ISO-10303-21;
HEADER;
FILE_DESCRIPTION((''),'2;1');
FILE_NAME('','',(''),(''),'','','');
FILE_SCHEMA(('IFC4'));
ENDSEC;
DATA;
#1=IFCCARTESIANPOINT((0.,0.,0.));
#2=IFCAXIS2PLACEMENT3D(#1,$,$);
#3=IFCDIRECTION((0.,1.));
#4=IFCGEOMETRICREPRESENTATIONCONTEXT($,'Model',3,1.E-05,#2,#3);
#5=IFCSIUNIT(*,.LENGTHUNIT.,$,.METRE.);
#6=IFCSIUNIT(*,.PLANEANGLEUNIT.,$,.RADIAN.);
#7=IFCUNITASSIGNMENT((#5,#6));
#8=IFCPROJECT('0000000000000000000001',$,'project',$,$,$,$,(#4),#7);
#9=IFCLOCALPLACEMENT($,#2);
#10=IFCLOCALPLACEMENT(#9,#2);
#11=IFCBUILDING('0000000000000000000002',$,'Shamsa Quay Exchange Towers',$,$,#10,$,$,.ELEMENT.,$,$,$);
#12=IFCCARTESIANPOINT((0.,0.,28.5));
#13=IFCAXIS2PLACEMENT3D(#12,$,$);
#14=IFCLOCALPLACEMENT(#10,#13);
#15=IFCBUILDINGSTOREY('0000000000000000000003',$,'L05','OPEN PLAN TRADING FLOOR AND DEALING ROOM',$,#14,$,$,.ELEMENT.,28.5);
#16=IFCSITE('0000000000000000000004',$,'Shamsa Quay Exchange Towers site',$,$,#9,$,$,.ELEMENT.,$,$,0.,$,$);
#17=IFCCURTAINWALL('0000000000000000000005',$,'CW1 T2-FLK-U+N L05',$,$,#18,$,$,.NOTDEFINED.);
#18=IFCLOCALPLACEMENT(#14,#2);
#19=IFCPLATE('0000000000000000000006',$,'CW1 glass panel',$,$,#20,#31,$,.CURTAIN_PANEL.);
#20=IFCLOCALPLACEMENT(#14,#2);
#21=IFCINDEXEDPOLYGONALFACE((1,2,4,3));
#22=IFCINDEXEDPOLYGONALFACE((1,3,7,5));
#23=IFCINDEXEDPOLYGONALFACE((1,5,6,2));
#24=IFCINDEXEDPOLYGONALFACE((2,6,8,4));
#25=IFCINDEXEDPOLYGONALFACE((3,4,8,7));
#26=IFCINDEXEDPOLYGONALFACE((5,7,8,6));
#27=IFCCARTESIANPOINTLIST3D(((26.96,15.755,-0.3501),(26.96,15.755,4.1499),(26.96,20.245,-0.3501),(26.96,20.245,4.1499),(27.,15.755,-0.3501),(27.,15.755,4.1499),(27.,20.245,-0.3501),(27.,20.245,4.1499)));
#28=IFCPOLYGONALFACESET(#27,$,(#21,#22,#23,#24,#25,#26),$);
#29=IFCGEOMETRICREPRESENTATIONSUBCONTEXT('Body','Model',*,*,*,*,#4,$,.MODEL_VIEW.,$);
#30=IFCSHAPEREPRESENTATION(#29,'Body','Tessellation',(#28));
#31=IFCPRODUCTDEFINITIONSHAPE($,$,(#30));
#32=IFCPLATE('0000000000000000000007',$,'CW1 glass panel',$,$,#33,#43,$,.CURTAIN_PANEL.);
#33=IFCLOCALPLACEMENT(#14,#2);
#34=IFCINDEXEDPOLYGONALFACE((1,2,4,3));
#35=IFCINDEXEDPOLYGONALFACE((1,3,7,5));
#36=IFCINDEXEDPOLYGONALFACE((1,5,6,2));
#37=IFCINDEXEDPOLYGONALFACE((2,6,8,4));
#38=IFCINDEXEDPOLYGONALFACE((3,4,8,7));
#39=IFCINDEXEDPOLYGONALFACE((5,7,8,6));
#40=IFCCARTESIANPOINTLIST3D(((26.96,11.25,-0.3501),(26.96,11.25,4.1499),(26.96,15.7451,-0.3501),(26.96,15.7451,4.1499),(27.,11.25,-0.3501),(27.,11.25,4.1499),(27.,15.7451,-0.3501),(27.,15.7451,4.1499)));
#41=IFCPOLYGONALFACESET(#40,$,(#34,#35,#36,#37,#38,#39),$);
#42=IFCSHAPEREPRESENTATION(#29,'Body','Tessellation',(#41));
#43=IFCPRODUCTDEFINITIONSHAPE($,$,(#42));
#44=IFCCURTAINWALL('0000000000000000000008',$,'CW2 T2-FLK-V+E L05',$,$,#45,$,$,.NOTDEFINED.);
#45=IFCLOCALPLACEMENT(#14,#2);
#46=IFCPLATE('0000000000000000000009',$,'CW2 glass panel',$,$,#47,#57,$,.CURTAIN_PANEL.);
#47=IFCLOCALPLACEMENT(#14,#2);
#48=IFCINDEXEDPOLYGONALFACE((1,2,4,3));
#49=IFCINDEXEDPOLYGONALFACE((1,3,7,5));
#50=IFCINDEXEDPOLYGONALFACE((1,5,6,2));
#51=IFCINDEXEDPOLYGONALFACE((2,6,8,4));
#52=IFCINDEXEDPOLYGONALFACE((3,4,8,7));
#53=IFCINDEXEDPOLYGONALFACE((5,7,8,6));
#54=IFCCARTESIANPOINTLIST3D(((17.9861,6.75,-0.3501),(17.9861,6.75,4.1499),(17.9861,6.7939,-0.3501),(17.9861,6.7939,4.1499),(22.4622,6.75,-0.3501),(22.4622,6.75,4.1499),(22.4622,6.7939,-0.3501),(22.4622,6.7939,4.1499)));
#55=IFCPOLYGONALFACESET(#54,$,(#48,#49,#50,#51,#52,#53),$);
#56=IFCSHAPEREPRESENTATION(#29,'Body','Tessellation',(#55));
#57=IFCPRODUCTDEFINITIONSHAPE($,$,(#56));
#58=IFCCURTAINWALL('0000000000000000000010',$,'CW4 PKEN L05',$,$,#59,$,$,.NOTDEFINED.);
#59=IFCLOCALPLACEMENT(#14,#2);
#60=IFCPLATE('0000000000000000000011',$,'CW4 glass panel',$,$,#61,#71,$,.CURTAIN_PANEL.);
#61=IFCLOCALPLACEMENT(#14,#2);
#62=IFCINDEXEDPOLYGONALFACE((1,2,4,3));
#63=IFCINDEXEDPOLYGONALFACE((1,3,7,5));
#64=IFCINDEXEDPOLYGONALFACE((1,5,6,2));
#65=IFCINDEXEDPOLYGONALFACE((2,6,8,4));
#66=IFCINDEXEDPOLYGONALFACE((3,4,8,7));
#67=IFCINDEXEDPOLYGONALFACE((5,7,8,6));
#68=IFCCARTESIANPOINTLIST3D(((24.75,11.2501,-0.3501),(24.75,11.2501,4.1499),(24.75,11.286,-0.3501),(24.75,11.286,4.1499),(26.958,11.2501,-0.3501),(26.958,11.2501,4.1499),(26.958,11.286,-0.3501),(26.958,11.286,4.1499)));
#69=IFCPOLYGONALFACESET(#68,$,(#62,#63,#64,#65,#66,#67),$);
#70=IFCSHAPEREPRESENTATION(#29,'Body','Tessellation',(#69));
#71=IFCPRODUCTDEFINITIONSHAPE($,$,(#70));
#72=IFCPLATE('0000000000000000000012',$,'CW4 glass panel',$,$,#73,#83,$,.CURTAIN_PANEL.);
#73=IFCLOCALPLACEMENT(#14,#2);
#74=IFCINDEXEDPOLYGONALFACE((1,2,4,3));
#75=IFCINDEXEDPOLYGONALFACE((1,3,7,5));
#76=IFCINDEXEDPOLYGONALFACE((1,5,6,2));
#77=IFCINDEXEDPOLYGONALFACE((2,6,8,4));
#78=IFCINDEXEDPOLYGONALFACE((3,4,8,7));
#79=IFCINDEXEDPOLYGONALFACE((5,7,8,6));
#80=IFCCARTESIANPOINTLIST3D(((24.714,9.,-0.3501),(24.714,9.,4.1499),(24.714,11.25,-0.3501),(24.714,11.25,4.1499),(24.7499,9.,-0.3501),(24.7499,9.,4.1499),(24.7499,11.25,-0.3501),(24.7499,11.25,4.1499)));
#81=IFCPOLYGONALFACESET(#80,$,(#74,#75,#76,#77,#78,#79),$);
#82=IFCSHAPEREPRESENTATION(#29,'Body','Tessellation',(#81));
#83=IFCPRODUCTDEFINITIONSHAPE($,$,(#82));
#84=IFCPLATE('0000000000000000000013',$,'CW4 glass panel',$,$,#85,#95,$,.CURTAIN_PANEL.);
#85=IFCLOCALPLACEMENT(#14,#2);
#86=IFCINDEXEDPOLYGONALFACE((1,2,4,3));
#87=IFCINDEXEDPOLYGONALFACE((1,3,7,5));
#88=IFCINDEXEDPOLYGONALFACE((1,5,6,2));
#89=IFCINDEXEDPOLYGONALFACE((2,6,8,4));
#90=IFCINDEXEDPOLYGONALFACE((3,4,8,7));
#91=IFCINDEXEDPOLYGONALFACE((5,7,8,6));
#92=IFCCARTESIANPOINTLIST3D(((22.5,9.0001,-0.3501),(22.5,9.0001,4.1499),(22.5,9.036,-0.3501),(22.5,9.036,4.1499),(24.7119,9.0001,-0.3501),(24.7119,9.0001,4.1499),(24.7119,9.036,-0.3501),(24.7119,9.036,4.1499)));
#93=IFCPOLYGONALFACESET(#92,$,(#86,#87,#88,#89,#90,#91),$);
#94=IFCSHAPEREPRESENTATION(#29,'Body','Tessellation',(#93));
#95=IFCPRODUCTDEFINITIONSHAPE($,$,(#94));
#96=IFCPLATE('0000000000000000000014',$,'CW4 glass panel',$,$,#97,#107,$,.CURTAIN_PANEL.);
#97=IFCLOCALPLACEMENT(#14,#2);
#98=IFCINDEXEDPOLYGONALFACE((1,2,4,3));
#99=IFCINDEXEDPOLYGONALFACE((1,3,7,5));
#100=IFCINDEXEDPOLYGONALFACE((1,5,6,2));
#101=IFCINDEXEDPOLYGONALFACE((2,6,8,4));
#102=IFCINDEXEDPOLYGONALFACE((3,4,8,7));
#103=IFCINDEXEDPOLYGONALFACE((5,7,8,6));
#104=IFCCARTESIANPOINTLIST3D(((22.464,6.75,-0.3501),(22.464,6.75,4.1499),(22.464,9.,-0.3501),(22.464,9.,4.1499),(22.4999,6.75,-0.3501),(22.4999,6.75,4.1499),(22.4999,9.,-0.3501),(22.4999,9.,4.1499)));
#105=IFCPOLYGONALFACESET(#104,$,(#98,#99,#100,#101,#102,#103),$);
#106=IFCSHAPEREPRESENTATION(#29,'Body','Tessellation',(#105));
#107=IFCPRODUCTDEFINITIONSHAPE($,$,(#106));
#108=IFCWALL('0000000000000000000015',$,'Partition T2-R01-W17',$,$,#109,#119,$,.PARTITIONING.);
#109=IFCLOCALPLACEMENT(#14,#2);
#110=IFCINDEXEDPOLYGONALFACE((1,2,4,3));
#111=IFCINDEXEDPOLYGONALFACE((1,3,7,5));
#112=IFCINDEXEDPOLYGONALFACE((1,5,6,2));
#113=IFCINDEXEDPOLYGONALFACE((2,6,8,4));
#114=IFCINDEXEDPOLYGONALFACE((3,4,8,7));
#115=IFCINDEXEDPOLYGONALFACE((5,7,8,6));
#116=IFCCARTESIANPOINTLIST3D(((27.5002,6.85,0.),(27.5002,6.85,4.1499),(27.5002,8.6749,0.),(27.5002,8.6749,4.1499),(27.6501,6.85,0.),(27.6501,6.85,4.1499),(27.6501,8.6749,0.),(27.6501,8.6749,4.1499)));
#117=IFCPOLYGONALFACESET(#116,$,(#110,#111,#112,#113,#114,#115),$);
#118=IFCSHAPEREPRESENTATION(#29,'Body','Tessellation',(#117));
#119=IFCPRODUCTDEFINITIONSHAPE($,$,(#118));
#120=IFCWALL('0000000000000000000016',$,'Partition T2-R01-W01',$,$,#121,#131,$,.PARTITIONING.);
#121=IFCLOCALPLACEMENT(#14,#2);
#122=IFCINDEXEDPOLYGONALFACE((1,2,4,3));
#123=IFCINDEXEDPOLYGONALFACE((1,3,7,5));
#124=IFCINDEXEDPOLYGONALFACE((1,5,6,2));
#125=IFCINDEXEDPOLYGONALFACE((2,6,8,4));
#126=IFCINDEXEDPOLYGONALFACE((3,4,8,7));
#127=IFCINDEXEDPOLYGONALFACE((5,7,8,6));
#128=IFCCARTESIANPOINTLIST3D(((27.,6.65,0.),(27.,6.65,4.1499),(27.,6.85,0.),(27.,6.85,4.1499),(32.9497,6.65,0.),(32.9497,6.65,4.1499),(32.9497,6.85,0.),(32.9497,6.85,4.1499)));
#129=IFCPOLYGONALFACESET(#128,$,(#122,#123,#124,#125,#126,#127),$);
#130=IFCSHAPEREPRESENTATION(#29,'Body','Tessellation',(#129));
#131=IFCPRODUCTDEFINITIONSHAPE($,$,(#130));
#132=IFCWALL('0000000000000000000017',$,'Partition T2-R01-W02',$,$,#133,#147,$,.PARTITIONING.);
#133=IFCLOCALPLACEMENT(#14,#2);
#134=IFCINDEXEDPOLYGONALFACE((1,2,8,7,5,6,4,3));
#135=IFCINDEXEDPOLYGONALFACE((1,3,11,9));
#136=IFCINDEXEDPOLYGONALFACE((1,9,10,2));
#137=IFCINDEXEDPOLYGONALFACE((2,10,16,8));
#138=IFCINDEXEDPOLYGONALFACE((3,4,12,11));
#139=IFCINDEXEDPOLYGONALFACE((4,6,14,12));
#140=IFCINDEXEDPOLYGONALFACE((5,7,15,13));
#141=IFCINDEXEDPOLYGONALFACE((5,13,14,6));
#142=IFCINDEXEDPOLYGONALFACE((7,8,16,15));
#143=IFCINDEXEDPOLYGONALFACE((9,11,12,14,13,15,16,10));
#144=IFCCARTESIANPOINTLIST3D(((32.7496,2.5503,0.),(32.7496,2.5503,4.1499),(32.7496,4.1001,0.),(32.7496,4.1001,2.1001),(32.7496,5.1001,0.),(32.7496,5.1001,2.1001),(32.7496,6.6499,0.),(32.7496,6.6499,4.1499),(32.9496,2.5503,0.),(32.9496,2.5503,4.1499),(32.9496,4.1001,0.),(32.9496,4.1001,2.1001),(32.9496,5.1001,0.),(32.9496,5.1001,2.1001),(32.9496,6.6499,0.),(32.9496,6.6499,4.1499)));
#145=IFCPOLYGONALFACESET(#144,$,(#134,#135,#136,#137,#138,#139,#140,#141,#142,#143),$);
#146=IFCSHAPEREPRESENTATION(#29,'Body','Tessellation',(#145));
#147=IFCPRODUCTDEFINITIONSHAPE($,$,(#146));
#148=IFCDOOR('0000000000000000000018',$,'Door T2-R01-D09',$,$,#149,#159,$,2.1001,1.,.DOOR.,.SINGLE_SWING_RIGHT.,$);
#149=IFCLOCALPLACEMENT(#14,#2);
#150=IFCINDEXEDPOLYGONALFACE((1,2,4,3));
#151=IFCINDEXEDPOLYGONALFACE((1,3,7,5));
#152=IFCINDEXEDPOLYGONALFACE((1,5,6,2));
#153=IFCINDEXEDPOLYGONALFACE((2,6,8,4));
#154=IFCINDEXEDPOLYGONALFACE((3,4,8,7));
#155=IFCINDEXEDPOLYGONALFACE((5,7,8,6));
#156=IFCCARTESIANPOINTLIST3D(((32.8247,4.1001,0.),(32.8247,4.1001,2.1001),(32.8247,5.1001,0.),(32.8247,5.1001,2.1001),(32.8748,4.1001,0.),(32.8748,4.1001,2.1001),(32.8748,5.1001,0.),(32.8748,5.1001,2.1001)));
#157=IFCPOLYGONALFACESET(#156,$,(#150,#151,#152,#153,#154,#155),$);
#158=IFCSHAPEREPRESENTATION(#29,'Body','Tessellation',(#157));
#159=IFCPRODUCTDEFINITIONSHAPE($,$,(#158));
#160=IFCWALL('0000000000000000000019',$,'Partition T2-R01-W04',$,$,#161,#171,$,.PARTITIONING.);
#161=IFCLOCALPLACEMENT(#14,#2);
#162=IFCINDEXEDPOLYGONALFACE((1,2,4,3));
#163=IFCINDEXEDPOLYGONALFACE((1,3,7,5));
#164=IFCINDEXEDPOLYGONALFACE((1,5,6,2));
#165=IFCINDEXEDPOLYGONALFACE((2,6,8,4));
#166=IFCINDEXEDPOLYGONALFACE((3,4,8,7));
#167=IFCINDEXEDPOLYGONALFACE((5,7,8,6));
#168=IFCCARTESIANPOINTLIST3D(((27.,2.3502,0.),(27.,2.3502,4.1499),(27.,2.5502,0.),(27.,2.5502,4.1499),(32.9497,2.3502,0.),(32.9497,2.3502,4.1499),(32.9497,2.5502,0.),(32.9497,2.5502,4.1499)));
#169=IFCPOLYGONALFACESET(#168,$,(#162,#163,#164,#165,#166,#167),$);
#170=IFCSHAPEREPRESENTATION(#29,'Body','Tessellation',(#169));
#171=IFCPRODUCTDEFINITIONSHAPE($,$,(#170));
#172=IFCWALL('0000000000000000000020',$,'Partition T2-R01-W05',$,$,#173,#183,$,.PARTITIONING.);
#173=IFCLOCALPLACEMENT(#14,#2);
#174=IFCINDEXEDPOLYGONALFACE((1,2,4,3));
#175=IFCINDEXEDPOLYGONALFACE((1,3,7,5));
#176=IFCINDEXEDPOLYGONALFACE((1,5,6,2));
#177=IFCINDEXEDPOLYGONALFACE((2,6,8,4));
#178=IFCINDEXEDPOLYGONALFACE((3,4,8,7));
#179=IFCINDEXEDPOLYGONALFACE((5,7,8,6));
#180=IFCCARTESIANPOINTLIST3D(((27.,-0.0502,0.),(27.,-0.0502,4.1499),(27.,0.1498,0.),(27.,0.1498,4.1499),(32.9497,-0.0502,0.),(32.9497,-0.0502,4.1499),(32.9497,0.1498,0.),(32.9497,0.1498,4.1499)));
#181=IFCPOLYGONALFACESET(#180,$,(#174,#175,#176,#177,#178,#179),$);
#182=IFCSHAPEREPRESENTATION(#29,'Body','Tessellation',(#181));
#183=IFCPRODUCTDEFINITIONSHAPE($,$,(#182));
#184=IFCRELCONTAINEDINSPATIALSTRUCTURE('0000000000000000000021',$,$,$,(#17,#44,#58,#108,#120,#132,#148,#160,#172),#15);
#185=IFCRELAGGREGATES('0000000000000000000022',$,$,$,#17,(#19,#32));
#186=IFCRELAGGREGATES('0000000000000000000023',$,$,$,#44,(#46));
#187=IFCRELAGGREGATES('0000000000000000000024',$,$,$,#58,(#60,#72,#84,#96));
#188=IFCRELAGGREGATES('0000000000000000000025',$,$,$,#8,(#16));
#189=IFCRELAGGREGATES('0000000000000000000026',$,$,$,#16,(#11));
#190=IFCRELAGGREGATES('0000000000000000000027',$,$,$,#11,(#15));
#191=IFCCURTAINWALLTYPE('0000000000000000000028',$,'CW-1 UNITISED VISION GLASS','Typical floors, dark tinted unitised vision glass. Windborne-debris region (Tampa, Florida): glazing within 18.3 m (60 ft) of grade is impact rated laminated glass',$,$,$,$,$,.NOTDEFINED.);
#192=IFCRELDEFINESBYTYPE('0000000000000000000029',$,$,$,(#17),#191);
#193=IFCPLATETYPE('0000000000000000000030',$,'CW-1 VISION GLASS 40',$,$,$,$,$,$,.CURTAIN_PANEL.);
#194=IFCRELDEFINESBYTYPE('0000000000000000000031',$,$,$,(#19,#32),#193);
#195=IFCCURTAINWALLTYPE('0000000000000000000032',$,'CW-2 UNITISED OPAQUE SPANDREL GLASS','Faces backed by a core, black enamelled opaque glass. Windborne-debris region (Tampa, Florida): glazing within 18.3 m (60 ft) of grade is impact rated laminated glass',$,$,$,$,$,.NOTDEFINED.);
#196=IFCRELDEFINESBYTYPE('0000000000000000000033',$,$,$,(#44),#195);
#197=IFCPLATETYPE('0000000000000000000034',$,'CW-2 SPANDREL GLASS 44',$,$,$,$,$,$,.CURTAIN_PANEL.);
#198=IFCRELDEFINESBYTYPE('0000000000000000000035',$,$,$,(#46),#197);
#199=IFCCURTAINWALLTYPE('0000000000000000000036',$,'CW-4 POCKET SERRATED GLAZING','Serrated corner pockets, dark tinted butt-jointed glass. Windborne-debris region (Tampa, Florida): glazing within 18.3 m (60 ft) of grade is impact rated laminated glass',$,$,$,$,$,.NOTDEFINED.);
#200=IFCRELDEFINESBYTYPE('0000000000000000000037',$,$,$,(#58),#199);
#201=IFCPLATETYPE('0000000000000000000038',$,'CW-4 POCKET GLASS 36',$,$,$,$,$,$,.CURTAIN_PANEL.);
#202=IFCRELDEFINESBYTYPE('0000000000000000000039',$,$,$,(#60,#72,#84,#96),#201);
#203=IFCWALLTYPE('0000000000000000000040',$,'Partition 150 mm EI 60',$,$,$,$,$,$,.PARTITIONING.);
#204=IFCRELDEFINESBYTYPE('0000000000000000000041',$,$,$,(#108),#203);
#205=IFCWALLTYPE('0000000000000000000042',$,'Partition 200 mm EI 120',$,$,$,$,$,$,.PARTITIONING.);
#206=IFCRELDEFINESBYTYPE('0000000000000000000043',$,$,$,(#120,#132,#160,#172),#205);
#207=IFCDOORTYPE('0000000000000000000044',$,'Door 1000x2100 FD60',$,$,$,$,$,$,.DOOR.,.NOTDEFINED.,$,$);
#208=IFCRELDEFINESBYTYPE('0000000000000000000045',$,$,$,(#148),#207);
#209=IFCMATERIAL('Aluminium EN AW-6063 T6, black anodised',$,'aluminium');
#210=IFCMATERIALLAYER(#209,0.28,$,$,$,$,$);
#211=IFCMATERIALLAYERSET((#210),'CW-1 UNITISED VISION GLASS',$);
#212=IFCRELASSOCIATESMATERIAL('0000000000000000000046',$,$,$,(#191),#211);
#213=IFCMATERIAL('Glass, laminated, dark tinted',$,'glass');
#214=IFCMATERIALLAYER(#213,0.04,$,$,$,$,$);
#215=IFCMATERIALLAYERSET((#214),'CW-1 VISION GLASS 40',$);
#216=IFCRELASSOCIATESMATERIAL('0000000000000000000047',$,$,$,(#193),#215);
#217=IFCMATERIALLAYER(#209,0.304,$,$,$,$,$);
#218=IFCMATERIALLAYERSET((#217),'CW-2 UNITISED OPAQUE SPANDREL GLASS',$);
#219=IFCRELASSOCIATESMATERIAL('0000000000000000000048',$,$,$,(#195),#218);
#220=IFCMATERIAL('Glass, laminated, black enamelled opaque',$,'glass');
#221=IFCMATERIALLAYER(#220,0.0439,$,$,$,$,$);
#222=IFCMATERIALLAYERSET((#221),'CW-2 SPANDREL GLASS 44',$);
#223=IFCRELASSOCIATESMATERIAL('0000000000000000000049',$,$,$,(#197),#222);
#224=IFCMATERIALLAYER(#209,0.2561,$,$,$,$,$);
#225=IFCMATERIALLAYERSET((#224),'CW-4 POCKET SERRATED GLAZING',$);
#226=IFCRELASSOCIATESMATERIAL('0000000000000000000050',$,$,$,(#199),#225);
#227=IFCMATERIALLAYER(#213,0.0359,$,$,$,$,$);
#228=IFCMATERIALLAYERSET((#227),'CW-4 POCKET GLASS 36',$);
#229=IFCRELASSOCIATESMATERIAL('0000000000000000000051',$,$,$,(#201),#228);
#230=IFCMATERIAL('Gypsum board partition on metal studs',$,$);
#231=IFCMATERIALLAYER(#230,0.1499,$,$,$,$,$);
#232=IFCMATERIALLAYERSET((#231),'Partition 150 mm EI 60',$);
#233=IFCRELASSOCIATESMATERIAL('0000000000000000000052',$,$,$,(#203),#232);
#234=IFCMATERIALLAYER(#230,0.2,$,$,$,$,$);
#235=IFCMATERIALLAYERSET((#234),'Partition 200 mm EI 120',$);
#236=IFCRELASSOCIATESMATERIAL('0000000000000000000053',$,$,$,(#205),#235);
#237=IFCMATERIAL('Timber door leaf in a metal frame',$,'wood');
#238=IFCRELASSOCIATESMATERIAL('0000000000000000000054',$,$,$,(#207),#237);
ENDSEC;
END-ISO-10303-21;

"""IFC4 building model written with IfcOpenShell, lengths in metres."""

from ifc_helpers import new_model, si_unit, direction, frame, frame_2d, origin, origin_2d, place, context, subcontext, project, spatial, rectangle, extrude, material, layer, layer_set, type_object, element, fill, aggregate, save


model = new_model("IFC4")

# Units and contexts
model_context = context("Model", 3, precision=1e-05, world=origin(), true_north=direction((0.0, 1.0)))
body_context = subcontext(model_context, "Body", "Model", "MODEL_VIEW")
ifc_project = project(units=[si_unit("LENGTHUNIT", "METRE"), si_unit("PLANEANGLEUNIT", "RADIAN")], contexts=[model_context])

# Site, building, storey
site_placement = place(None, origin())
site = spatial("IfcSite", under=ifc_project, at=site_placement, Name="Shamsa Quay Exchange Towers site", CompositionType="ELEMENT", RefElevation=0.0)
building_placement = place(site_placement, origin())
building = spatial("IfcBuilding", under=site, at=building_placement, Name="Shamsa Quay Exchange Towers", CompositionType="ELEMENT")
storey_placement = place(building_placement, frame((0.0, 0.0, 28.5)))
storey = spatial("IfcBuildingStorey", under=building, at=storey_placement, Name="L05", Description="OPEN PLAN TRADING FLOOR AND DEALING ROOM", CompositionType="ELEMENT", Elevation=28.5)

# Shared definitions
ifc_material_1 = material(Name="Aluminium EN AW-6063 T6, black anodised", Category="aluminium")
ifc_layer_1 = layer(ifc_material_1, 0.28)
ifc_layer_set_1 = layer_set([ifc_layer_1], Name="CW-1 UNITISED VISION GLASS")
curtain_wall_type_1 = type_object("IfcCurtainWallType", Name="CW-1 UNITISED VISION GLASS", Description="Typical floors, dark tinted unitised vision glass. Windborne-debris region (Tampa, Florida): glazing within 18.3 m (60 ft) of grade is impact rated laminated glass", PredefinedType="NOTDEFINED", material=ifc_layer_set_1)

# Curtain wall
curtain_wall_1_placement = place(storey_placement, origin())
curtain_wall_1 = element("IfcCurtainWall", 1, at=curtain_wall_1_placement, inside=storey, type_object=curtain_wall_type_1, Name="CW1 T2-FLK-U+N L05", PredefinedType="NOTDEFINED")

# Plates
ifc_material_2 = material(Name="Glass, laminated, dark tinted", Category="glass")
ifc_layer_2 = layer(ifc_material_2, 0.04)
ifc_layer_set_2 = layer_set([ifc_layer_2], Name="CW-1 VISION GLASS 40")
plate_type_1 = type_object("IfcPlateType", Name="CW-1 VISION GLASS 40", PredefinedType="CURTAIN_PANEL", material=ifc_layer_set_2)
plate_1_placement = place(storey_placement, frame((26.98, 18.0, -0.3501), z_axis=(0.0, 0.0, 1.0), x_axis=(0.0, -1.0, 0.0)))
plate_1 = element("IfcPlate", 2, at=plate_1_placement, type_object=plate_type_1, Name="CW1 glass panel", PredefinedType="CURTAIN_PANEL", context=body_context, shape_type="SweptSolid", body=[
    extrude(rectangle(XDim=4.49, YDim=0.04, at=origin_2d()), origin(), (0.0, 0.0, 1.0), 4.5),
])
plate_2_placement = place(storey_placement, frame((26.98, 13.4976, -0.3501), z_axis=(0.0, 0.0, 1.0), x_axis=(0.0, -1.0, 0.0)))
plate_2 = element("IfcPlate", 3, at=plate_2_placement, type_object=plate_type_1, Name="CW1 glass panel", PredefinedType="CURTAIN_PANEL", context=body_context, shape_type="SweptSolid", body=[
    extrude(rectangle(XDim=4.4951, YDim=0.04, at=origin_2d()), origin(), (0.0, 0.0, 1.0), 4.5),
])
aggregate(curtain_wall_1, [plate_1, plate_2])

# Curtain wall, plate
ifc_layer_3 = layer(ifc_material_1, 0.304)
ifc_layer_set_3 = layer_set([ifc_layer_3], Name="CW-2 UNITISED OPAQUE SPANDREL GLASS")
curtain_wall_type_2 = type_object("IfcCurtainWallType", Name="CW-2 UNITISED OPAQUE SPANDREL GLASS", Description="Faces backed by a core, black enamelled opaque glass. Windborne-debris region (Tampa, Florida): glazing within 18.3 m (60 ft) of grade is impact rated laminated glass", PredefinedType="NOTDEFINED", material=ifc_layer_set_3)
curtain_wall_2_placement = place(storey_placement, origin())
curtain_wall_2 = element("IfcCurtainWall", 4, at=curtain_wall_2_placement, inside=storey, type_object=curtain_wall_type_2, Name="CW2 T2-FLK-V+E L05", PredefinedType="NOTDEFINED")
ifc_material_3 = material(Name="Glass, laminated, black enamelled opaque", Category="glass")
ifc_layer_4 = layer(ifc_material_3, 0.0439)
ifc_layer_set_4 = layer_set([ifc_layer_4], Name="CW-2 SPANDREL GLASS 44")
plate_type_2 = type_object("IfcPlateType", Name="CW-2 SPANDREL GLASS 44", PredefinedType="CURTAIN_PANEL", material=ifc_layer_set_4)
plate_3_placement = place(storey_placement, frame((20.2241, 6.772, -0.3501), z_axis=(0.0, 0.0, 1.0), x_axis=(-1.0, 0.0, 0.0)))
plate_3 = element("IfcPlate", 5, at=plate_3_placement, type_object=plate_type_2, Name="CW2 glass panel", PredefinedType="CURTAIN_PANEL", context=body_context, shape_type="SweptSolid", body=[
    extrude(rectangle(XDim=4.4761, YDim=0.0439, at=origin_2d()), origin(), (0.0, 0.0, 1.0), 4.5),
])
aggregate(curtain_wall_2, [plate_3])

# Curtain wall, plates
ifc_layer_5 = layer(ifc_material_1, 0.2561)
ifc_layer_set_5 = layer_set([ifc_layer_5], Name="CW-4 POCKET SERRATED GLAZING")
curtain_wall_type_3 = type_object("IfcCurtainWallType", Name="CW-4 POCKET SERRATED GLAZING", Description="Serrated corner pockets, dark tinted butt-jointed glass. Windborne-debris region (Tampa, Florida): glazing within 18.3 m (60 ft) of grade is impact rated laminated glass", PredefinedType="NOTDEFINED", material=ifc_layer_set_5)
curtain_wall_3_placement = place(storey_placement, origin())
curtain_wall_3 = element("IfcCurtainWall", 6, at=curtain_wall_3_placement, inside=storey, type_object=curtain_wall_type_3, Name="CW4 PKEN L05", PredefinedType="NOTDEFINED")
ifc_layer_6 = layer(ifc_material_2, 0.0359)
ifc_layer_set_6 = layer_set([ifc_layer_6], Name="CW-4 POCKET GLASS 36")
plate_type_3 = type_object("IfcPlateType", Name="CW-4 POCKET GLASS 36", PredefinedType="CURTAIN_PANEL", material=ifc_layer_set_6)
plate_4_placement = place(storey_placement, frame((25.854, 11.2681, -0.3501), z_axis=(0.0, 0.0, 1.0), x_axis=(-1.0, 0.0, 0.0)))
plate_4 = element("IfcPlate", 7, at=plate_4_placement, type_object=plate_type_3, Name="CW4 glass panel", PredefinedType="CURTAIN_PANEL", context=body_context, shape_type="SweptSolid", body=[
    extrude(rectangle(XDim=2.208, YDim=0.0359, at=origin_2d()), origin(), (0.0, 0.0, 1.0), 4.5),
])
plate_5_placement = place(storey_placement, frame((24.7319, 10.125, -0.3501), z_axis=(0.0, 0.0, 1.0), x_axis=(0.0, -1.0, 0.0)))
plate_5 = element("IfcPlate", 8, at=plate_5_placement, type_object=plate_type_3, Name="CW4 glass panel", PredefinedType="CURTAIN_PANEL", context=body_context, shape_type="SweptSolid", body=[
    extrude(rectangle(XDim=2.25, YDim=0.0359, at=origin_2d()), origin(), (0.0, 0.0, 1.0), 4.5),
])
plate_6_placement = place(storey_placement, frame((23.606, 9.0181, -0.3501), z_axis=(0.0, 0.0, 1.0), x_axis=(-1.0, 0.0, 0.0)))
plate_6 = element("IfcPlate", 9, at=plate_6_placement, type_object=plate_type_3, Name="CW4 glass panel", PredefinedType="CURTAIN_PANEL", context=body_context, shape_type="SweptSolid", body=[
    extrude(rectangle(XDim=2.2119, YDim=0.0359, at=origin_2d()), origin(), (0.0, 0.0, 1.0), 4.5),
])
plate_7_placement = place(storey_placement, frame((22.4819, 7.875, -0.3501), z_axis=(0.0, 0.0, 1.0), x_axis=(0.0, -1.0, 0.0)))
plate_7 = element("IfcPlate", 10, at=plate_7_placement, type_object=plate_type_3, Name="CW4 glass panel", PredefinedType="CURTAIN_PANEL", context=body_context, shape_type="SweptSolid", body=[
    extrude(rectangle(XDim=2.25, YDim=0.0359, at=origin_2d()), origin(), (0.0, 0.0, 1.0), 4.5),
])
aggregate(curtain_wall_3, [plate_4, plate_5, plate_6, plate_7])

# Walls
ifc_material_4 = material(Name="Gypsum board partition on metal studs")
ifc_layer_7 = layer(ifc_material_4, 0.1499)
ifc_layer_set_7 = layer_set([ifc_layer_7], Name="Partition 150 mm EI 60")
wall_type_1 = type_object("IfcWallType", Name="Partition 150 mm EI 60", PredefinedType="PARTITIONING", material=ifc_layer_set_7)
wall_1_placement = place(storey_placement, frame((27.5752, 8.675, 0.0), z_axis=(0.0, 0.0, 1.0), x_axis=(0.0, -1.0, 0.0)))
element("IfcWall", 11, at=wall_1_placement, inside=storey, type_object=wall_type_1, Name="Partition T2-R01-W17", PredefinedType="PARTITIONING", context=body_context, shape_type="SweptSolid", body=[
    extrude(rectangle(XDim=1.825, YDim=0.1499, at=frame_2d((0.9126, 0.0))), origin(), (0.0, 0.0, 1.0), 4.1499),
])
ifc_layer_8 = layer(ifc_material_4, 0.2)
ifc_layer_set_8 = layer_set([ifc_layer_8], Name="Partition 200 mm EI 120")
wall_type_2 = type_object("IfcWallType", Name="Partition 200 mm EI 120", PredefinedType="PARTITIONING", material=ifc_layer_set_8)
wall_2_placement = place(storey_placement, frame((32.9497, 6.75, 0.0), z_axis=(0.0, 0.0, 1.0), x_axis=(-1.0, 0.0, 0.0)))
element("IfcWall", 12, at=wall_2_placement, inside=storey, type_object=wall_type_2, Name="Partition T2-R01-W01", PredefinedType="PARTITIONING", context=body_context, shape_type="SweptSolid", body=[
    extrude(rectangle(XDim=5.9497, YDim=0.2, at=frame_2d((2.9749, 0.0))), origin(), (0.0, 0.0, 1.0), 4.1499),
])

# Wall, opening, door
wall_3_placement = place(storey_placement, frame((32.8496, 2.5503, 0.0), z_axis=(0.0, 0.0, 1.0), x_axis=(0.0, 1.0, 0.0)))
wall_3 = element("IfcWall", 13, at=wall_3_placement, inside=storey, type_object=wall_type_2, Name="Partition T2-R01-W02", PredefinedType="PARTITIONING", context=body_context, shape_type="SweptSolid", body=[
    extrude(rectangle(XDim=4.0996, YDim=0.2, at=frame_2d((2.0498, 0.0))), origin(), (0.0, 0.0, 1.0), 4.1499),
])
opening_1_placement = place(wall_3_placement, frame((1.5498, 0.0, 0.0)))
opening_1 = element("IfcOpeningElement", 14, at=opening_1_placement, cuts=wall_3, PredefinedType="OPENING", context=body_context, shape_type="SweptSolid", body=[
    extrude(rectangle(XDim=1.0, YDim=2.1001, at=frame_2d((0.5, 1.05))), frame((0.0, 0.1099, 0.0), z_axis=(0.0, -1.0, 0.0), x_axis=(1.0, 0.0, 0.0)), (0.0, 0.0, 1.0), 0.22),
])
ifc_material_5 = material(Name="Timber door leaf in a metal frame", Category="wood")
door_type_1 = type_object("IfcDoorType", Name="Door 1000x2100 FD60", OperationType="NOTDEFINED", PredefinedType="DOOR", material=ifc_material_5)
door_1_placement = place(opening_1_placement, origin())
door_1 = element("IfcDoor", 15, at=door_1_placement, inside=storey, type_object=door_type_1, Name="Door T2-R01-D09", OperationType="SINGLE_SWING_RIGHT", OverallHeight=2.1001, OverallWidth=1.0, PredefinedType="DOOR", context=body_context, shape_type="SweptSolid", body=[
    extrude(rectangle(XDim=1.0, YDim=2.1001, at=frame_2d((0.5, 1.05))), frame((0.0, 0.0249, 0.0), z_axis=(0.0, -1.0, 0.0), x_axis=(1.0, 0.0, 0.0)), (0.0, 0.0, 1.0), 0.05),
])
fill(opening_1, door_1)

# Walls
wall_4_placement = place(storey_placement, frame((27.0, 2.4502, 0.0)))
element("IfcWall", 16, at=wall_4_placement, inside=storey, type_object=wall_type_2, Name="Partition T2-R01-W04", PredefinedType="PARTITIONING", context=body_context, shape_type="SweptSolid", body=[
    extrude(rectangle(XDim=5.9497, YDim=0.2, at=frame_2d((2.9749, 0.0))), origin(), (0.0, 0.0, 1.0), 4.1499),
])
wall_5_placement = place(storey_placement, frame((32.9497, 0.0498, 0.0), z_axis=(0.0, 0.0, 1.0), x_axis=(-1.0, 0.0, 0.0)))
element("IfcWall", 17, at=wall_5_placement, inside=storey, type_object=wall_type_2, Name="Partition T2-R01-W05", PredefinedType="PARTITIONING", context=body_context, shape_type="SweptSolid", body=[
    extrude(rectangle(XDim=5.9497, YDim=0.2, at=frame_2d((2.9749, 0.0))), origin(), (0.0, 0.0, 1.0), 4.1499),
])

save(model, "model.ifc")
